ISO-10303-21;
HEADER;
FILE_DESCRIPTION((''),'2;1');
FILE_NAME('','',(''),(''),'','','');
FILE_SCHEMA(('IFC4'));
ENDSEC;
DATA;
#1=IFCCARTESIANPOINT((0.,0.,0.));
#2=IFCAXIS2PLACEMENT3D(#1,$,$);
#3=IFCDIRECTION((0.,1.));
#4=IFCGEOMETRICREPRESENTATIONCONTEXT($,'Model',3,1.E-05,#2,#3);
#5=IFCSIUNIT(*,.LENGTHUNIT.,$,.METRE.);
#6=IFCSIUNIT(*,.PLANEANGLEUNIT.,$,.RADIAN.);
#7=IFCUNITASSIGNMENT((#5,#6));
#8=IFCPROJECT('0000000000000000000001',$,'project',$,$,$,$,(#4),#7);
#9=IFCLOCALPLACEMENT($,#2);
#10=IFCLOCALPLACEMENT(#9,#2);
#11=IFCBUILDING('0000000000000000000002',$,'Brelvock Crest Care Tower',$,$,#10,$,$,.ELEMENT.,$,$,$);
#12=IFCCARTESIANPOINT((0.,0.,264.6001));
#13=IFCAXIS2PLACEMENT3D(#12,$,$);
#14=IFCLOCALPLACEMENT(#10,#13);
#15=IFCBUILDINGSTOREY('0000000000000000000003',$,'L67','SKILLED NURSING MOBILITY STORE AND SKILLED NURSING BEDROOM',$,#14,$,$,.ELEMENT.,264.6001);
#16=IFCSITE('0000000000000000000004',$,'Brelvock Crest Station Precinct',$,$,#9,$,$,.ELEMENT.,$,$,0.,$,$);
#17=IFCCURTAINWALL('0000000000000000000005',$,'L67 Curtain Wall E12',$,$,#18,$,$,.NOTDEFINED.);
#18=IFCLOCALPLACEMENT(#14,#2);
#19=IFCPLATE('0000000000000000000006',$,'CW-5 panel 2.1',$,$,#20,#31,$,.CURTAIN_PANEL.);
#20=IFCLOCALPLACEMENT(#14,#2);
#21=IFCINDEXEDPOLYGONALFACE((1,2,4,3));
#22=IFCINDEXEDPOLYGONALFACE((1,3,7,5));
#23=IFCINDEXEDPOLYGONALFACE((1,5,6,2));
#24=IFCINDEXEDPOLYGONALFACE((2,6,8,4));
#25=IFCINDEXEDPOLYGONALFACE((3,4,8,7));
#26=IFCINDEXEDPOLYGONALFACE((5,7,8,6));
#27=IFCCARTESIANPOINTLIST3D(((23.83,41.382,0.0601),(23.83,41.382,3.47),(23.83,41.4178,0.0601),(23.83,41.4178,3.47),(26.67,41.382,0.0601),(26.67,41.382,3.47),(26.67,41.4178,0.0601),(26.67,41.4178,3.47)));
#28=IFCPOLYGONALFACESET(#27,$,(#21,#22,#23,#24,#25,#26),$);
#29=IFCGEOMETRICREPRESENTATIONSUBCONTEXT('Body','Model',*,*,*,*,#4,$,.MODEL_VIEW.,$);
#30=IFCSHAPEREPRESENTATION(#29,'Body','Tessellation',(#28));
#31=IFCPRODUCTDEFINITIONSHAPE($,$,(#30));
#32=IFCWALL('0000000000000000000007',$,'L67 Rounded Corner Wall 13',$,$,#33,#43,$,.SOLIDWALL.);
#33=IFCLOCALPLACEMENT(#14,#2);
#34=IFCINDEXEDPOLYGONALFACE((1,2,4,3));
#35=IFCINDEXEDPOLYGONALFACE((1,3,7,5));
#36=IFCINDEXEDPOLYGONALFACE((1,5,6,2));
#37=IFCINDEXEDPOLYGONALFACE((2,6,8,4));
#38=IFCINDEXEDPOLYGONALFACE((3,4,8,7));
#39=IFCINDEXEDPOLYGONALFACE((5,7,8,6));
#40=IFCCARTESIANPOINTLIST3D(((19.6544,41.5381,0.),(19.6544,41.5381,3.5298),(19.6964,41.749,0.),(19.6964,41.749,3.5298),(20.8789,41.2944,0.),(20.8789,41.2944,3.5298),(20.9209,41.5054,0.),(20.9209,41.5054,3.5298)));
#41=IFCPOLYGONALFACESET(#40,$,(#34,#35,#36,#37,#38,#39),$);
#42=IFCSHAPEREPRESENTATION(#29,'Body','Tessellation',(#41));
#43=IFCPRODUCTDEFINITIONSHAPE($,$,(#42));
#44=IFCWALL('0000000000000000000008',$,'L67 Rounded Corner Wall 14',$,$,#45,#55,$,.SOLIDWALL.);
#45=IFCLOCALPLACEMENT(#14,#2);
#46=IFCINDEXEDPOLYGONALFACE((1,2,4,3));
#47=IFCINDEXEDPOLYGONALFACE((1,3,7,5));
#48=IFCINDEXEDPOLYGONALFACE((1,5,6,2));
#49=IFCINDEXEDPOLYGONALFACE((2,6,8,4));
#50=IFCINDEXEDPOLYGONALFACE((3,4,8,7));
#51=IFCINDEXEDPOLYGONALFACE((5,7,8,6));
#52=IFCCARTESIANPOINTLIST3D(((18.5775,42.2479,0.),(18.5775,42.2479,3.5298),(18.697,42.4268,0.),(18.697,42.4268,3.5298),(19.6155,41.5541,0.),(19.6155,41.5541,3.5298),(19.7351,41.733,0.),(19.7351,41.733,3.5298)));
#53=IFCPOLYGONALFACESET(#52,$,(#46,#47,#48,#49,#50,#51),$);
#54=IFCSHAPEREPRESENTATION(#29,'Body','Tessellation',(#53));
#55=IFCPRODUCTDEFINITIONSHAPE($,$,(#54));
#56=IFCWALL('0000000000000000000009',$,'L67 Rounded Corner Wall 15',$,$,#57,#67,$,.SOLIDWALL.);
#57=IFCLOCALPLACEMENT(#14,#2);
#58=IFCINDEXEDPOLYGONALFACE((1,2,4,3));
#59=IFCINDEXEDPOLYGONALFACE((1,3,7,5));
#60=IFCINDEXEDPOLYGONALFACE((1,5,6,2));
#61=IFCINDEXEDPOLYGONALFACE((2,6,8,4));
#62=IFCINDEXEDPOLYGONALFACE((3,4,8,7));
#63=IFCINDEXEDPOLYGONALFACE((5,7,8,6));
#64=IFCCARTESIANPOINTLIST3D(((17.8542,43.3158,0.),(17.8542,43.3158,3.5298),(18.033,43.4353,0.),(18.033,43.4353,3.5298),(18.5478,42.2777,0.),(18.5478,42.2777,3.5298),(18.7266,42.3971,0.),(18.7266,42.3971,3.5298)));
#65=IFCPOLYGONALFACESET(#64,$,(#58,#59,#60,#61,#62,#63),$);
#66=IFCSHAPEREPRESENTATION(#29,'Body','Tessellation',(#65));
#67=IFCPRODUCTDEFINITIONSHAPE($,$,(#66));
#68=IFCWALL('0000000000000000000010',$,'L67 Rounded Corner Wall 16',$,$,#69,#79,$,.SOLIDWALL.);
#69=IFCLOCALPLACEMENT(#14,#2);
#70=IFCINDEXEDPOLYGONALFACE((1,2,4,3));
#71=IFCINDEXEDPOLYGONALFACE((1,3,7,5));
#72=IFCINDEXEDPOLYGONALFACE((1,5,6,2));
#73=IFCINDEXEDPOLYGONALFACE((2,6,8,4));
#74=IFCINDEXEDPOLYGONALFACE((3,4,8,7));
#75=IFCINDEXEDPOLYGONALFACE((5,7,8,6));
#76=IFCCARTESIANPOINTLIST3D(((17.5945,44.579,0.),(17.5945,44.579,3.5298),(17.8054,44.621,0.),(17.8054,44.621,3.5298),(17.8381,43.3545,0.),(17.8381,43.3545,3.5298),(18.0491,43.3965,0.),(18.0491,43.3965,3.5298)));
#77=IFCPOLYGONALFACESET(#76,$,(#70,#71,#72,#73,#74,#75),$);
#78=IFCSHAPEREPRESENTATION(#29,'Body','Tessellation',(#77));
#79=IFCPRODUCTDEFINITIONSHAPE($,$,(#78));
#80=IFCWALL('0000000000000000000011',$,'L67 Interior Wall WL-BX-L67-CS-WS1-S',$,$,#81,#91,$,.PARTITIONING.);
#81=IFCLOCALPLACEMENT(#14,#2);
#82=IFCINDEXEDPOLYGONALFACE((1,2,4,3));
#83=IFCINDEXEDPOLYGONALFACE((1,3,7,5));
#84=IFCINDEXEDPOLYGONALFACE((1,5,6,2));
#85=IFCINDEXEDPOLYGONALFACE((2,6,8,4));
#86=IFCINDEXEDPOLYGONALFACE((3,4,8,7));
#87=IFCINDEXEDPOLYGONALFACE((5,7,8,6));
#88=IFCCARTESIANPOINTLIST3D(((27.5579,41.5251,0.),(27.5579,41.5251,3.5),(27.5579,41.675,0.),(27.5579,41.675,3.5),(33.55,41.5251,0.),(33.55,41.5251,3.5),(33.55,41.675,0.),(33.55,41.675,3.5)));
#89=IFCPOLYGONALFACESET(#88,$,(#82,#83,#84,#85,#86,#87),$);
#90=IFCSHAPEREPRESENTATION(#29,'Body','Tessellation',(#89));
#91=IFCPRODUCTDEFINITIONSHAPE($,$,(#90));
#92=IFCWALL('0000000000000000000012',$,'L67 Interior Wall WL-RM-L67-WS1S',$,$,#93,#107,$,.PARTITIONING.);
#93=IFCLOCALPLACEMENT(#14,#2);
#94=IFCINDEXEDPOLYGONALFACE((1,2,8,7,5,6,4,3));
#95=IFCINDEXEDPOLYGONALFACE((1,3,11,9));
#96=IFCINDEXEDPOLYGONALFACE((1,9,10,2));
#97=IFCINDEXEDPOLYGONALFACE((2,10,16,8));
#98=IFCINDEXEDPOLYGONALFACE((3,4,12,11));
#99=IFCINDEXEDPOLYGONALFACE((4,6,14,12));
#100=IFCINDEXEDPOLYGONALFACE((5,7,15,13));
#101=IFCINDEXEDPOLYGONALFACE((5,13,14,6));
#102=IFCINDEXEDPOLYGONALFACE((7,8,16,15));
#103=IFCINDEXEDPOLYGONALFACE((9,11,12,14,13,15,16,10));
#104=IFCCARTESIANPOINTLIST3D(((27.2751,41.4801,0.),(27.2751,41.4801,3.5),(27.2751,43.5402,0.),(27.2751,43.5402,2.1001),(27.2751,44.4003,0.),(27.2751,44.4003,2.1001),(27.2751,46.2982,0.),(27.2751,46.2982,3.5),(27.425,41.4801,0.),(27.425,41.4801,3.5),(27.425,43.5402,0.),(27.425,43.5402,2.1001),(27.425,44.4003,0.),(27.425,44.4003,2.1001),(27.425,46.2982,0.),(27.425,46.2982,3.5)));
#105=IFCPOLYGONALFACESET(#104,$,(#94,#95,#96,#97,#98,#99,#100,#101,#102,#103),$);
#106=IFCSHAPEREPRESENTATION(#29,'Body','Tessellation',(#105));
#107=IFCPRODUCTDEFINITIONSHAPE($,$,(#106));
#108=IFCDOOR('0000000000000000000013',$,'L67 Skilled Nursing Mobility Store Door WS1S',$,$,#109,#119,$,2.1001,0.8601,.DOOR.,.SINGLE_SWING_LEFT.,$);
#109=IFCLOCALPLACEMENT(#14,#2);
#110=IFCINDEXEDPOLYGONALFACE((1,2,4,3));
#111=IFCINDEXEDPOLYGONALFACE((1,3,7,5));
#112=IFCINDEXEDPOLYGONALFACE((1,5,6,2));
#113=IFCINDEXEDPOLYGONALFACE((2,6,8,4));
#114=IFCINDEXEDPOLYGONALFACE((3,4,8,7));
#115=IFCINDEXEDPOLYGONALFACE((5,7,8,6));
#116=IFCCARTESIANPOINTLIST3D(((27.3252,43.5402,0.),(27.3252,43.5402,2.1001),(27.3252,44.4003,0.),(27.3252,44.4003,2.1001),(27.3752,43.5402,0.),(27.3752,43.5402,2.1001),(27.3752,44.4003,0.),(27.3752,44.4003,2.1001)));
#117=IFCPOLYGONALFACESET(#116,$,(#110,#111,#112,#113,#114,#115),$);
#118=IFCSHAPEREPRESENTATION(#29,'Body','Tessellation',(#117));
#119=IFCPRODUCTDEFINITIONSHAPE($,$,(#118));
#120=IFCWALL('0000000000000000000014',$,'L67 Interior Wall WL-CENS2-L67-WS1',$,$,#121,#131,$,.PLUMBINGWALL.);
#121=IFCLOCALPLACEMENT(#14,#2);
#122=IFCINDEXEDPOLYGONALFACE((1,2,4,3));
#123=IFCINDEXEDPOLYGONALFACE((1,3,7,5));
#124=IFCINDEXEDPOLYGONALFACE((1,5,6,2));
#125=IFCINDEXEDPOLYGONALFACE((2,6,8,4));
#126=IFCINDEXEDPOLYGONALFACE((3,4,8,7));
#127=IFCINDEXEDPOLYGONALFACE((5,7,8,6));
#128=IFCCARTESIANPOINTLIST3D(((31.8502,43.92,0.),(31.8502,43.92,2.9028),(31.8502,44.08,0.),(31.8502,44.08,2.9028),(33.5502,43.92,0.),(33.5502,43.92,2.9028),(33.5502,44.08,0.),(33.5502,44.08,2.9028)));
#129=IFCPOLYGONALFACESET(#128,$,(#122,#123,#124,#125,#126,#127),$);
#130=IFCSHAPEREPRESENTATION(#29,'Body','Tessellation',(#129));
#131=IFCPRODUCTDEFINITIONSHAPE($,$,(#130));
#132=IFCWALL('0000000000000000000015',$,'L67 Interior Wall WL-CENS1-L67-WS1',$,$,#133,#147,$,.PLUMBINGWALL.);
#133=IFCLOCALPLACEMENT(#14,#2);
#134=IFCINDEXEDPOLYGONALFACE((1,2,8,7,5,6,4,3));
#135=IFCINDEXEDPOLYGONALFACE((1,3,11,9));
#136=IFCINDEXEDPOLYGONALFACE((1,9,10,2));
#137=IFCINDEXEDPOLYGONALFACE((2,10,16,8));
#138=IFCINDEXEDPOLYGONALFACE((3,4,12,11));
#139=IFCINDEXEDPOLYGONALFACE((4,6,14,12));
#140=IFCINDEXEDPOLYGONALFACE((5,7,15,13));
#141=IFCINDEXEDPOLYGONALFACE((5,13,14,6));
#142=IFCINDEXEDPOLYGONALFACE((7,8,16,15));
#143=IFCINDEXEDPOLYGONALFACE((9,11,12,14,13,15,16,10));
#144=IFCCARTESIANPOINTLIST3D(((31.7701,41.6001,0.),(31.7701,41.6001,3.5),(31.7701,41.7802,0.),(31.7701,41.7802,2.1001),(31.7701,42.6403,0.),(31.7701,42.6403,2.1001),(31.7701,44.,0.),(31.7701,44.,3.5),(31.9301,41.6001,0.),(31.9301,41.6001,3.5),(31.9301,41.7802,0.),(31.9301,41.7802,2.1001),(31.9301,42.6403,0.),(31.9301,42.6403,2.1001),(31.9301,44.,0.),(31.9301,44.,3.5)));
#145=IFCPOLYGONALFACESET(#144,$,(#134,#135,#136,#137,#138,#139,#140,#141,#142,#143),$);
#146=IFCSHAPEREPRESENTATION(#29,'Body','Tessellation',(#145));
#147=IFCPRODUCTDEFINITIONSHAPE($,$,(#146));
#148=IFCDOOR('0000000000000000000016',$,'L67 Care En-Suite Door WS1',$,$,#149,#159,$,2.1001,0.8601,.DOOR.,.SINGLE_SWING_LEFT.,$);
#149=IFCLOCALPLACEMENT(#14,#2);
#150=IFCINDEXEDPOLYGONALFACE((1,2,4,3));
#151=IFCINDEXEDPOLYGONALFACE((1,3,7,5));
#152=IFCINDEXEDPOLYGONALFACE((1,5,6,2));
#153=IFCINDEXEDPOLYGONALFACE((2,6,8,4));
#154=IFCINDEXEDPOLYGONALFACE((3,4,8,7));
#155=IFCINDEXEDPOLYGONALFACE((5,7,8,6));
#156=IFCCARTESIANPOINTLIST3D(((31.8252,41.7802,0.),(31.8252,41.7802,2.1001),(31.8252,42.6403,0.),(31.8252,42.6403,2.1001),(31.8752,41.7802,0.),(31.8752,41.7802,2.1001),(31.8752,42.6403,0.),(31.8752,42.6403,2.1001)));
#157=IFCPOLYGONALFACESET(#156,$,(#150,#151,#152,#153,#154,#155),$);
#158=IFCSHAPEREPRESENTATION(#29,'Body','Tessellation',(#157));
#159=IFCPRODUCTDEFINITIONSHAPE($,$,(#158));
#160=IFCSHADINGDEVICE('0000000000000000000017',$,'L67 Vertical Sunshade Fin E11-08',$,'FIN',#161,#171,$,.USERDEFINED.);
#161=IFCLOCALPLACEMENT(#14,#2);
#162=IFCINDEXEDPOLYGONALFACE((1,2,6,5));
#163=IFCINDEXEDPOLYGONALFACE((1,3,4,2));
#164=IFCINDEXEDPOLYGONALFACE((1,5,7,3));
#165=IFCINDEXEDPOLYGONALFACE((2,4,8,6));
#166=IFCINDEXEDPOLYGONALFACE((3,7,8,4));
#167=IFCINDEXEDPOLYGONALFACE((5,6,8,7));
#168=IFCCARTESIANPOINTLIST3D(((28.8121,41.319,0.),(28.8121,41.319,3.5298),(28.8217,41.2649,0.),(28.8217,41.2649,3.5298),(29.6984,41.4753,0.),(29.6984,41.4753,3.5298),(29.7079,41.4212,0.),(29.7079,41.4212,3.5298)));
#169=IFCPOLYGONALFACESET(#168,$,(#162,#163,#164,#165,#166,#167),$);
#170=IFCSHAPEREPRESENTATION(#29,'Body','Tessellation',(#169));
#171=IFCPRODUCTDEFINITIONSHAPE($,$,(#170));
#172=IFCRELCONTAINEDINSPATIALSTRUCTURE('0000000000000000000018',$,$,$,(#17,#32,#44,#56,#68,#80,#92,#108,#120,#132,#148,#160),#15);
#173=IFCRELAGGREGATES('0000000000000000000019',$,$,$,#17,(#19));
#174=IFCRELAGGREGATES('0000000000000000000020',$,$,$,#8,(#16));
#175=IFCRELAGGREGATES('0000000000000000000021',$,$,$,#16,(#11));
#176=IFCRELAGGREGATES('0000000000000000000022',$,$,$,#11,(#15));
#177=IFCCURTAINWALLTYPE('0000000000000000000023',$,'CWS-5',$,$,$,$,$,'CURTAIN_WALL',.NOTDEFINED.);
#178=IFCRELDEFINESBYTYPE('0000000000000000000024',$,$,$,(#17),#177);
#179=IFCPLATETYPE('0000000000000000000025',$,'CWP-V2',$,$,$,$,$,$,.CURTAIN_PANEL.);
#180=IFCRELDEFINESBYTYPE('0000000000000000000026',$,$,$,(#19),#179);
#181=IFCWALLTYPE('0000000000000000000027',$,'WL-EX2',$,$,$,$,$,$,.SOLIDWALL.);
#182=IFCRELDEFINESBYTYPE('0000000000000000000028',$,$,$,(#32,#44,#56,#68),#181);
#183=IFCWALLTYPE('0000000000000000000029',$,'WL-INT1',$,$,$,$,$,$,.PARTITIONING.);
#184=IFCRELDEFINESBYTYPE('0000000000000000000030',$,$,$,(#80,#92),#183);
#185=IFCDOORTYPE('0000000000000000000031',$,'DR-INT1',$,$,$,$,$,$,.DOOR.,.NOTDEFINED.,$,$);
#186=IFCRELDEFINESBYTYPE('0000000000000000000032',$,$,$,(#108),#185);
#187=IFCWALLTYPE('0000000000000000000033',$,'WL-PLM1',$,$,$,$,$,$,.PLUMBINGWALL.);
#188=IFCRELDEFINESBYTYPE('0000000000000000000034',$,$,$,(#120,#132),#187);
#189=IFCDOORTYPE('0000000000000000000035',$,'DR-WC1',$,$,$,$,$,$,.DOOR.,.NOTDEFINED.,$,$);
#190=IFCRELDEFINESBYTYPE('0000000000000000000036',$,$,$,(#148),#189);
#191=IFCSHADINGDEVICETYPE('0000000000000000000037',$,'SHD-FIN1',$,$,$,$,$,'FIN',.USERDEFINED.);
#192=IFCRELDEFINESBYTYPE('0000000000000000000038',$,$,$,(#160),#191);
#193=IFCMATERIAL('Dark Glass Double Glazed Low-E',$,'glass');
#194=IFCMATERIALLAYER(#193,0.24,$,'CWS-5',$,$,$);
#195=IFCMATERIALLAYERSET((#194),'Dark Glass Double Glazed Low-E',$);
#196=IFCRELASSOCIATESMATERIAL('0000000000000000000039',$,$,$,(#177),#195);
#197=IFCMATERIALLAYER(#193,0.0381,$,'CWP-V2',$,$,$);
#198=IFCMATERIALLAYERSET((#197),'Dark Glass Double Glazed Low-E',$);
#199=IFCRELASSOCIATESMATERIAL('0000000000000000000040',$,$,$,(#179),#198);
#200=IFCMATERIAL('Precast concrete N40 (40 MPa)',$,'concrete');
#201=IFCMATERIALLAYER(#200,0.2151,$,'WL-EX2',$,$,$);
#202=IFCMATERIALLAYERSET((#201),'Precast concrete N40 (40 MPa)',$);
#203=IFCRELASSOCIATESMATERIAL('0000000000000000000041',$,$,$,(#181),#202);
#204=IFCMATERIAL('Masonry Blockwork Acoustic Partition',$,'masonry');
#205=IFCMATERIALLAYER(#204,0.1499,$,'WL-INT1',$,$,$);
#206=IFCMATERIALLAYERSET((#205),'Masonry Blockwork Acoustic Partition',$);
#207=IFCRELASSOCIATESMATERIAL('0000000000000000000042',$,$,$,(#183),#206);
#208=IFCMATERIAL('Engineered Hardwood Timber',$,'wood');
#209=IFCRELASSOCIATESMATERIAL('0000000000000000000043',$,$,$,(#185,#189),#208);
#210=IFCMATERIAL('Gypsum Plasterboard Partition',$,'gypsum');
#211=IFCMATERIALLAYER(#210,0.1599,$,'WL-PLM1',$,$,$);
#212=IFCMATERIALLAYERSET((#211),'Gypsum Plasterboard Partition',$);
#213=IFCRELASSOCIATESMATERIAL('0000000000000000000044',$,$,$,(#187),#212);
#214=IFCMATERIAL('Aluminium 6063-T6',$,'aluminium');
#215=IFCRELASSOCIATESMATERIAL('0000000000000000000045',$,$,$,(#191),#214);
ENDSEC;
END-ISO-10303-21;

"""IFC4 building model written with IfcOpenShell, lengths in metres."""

from ifc_helpers import new_model, si_unit, direction, frame, frame_2d, origin, origin_2d, place, context, subcontext, project, spatial, rectangle, extrude, source, transform, mapped, material, layer, layer_set, material_profile, profile_set, type_object, element, fill, aggregate, save


model = new_model("IFC4")

# Units and contexts
model_context = context("Model", 3, precision=1e-05, world=origin(), true_north=direction((0.0, 1.0)))
body_context = subcontext(model_context, "Body", "Model", "MODEL_VIEW")
ifc_project = project(units=[si_unit("LENGTHUNIT", "METRE"), si_unit("PLANEANGLEUNIT", "RADIAN")], contexts=[model_context])

# Site, building, storey
site_placement = place(None, origin())
site = spatial("IfcSite", under=ifc_project, at=site_placement, Name="Brelvock Crest Station Precinct", CompositionType="ELEMENT", RefElevation=0.0)
building_placement = place(site_placement, origin())
building = spatial("IfcBuilding", under=site, at=building_placement, Name="Brelvock Crest Care Tower", CompositionType="ELEMENT")
storey_placement = place(building_placement, frame((0.0, 0.0, 264.6001)))
storey = spatial("IfcBuildingStorey", under=building, at=storey_placement, Name="L67", Description="SKILLED NURSING MOBILITY STORE AND SKILLED NURSING BEDROOM", CompositionType="ELEMENT", Elevation=264.6001)

# Shared definitions
ifc_material_1 = material(Name="Dark Glass Double Glazed Low-E", Category="glass")
ifc_layer_1 = layer(ifc_material_1, 0.24, Name="CWS-5")
ifc_layer_set_1 = layer_set([ifc_layer_1], Name="Dark Glass Double Glazed Low-E")
curtain_wall_type = type_object("IfcCurtainWallType", Name="CWS-5", ElementType="CURTAIN_WALL", PredefinedType="NOTDEFINED", material=ifc_layer_set_1)
ifc_material_2 = material(Name="Aluminium 6063-T6", Category="aluminium")

# Curtain wall, plate
curtain_wall_1_placement = place(storey_placement, origin())
curtain_wall_1 = element("IfcCurtainWall", 1, at=curtain_wall_1_placement, inside=storey, type_object=curtain_wall_type, Name="L67 Curtain Wall E12", PredefinedType="NOTDEFINED")
ifc_layer_2 = layer(ifc_material_1, 0.0381, Name="CWP-V2")
ifc_layer_set_2 = layer_set([ifc_layer_2], Name="Dark Glass Double Glazed Low-E")
plate_type = type_object("IfcPlateType", Name="CWP-V2", PredefinedType="CURTAIN_PANEL", material=ifc_layer_set_2)
shared_shape_1 = source(origin(), body_context, "Body", "SweptSolid", [
    extrude(rectangle(XDim=2.8401, YDim=0.0359, at=origin_2d()), origin(), (0.0, 0.0, 1.0), 3.4099),
])
plate_1_placement = place(storey_placement, frame((25.25, 41.3999, 0.0601), z_axis=(0.0, 0.0, 1.0), x_axis=(-1.0, 0.0, 0.0)))
plate_1 = element("IfcPlate", 2, at=plate_1_placement, type_object=plate_type, Name="CW-5 panel 2.1", PredefinedType="CURTAIN_PANEL", context=body_context, shape_type="MappedRepresentation", body=[
    mapped(shared_shape_1, transform((0.0, 0.0, 0.0), x_axis=(1.0, 0.0, 0.0), y_axis=(0.0, 1.0, 0.0), z_axis=(0.0, 0.0, 1.0), scale=1.0)),
])
aggregate(curtain_wall_1, [plate_1])

# Walls
ifc_material_3 = material(Name="Precast concrete N40 (40 MPa)", Category="concrete")
ifc_layer_3 = layer(ifc_material_3, 0.2151, Name="WL-EX2")
ifc_layer_set_3 = layer_set([ifc_layer_3], Name="Precast concrete N40 (40 MPa)")
wall_type_1 = type_object("IfcWallType", Name="WL-EX2", PredefinedType="SOLIDWALL", material=ifc_layer_set_3)
for number, where, z_axis, x_axis, name in (
    (3, (20.8999, 41.3999, 0.0), (0.0, 0.0, 1.0), (-0.980776, 0.195138, 0.0), "L67 Rounded Corner Wall 13"),
    (4, (19.6753, 41.6436, 0.0), (0.0, 0.0, 1.0), (-0.831388, 0.555692, 0.0), "L67 Rounded Corner Wall 14"),
    (5, (18.6372, 42.3374, 0.0), (0.0, 0.0, 1.0), (-0.555557, 0.831478, 0.0), "L67 Rounded Corner Wall 15"),
    (6, (17.9436, 43.3755, 0.0), (0.0, 0.0, 1.0), (-0.195138, 0.980776, 0.0), "L67 Rounded Corner Wall 16"),
):
    element("IfcWall", number, at=place(storey_placement, frame(where, z_axis=z_axis, x_axis=x_axis)), inside=storey, type_object=wall_type_1, Name=name, PredefinedType="SOLIDWALL", context=body_context, shape_type="SweptSolid", body=[
        extrude(rectangle(XDim=1.2485, YDim=0.2151, at=frame_2d((0.6243, 0.0))), origin(), (0.0, 0.0, 1.0), 3.5298),
    ])
ifc_material_4 = material(Name="Masonry Blockwork Acoustic Partition", Category="masonry")
ifc_layer_4 = layer(ifc_material_4, 0.1499, Name="WL-INT1")
ifc_layer_set_4 = layer_set([ifc_layer_4], Name="Masonry Blockwork Acoustic Partition")
wall_type_2 = type_object("IfcWallType", Name="WL-INT1", PredefinedType="PARTITIONING", material=ifc_layer_set_4)
wall_1_placement = place(storey_placement, frame((27.5579, 41.6001, 0.0), z_axis=(0.0, 0.0, 1.0), x_axis=(1.0, 0.0, 0.0)))
element("IfcWall", 7, at=wall_1_placement, inside=storey, type_object=wall_type_2, Name="L67 Interior Wall WL-BX-L67-CS-WS1-S", PredefinedType="PARTITIONING", context=body_context, shape_type="SweptSolid", body=[
    extrude(rectangle(XDim=5.9922, YDim=0.1499, at=frame_2d((2.9961, 0.0))), origin(), (0.0, 0.0, 1.0), 3.5),
])

# Wall, opening, door
wall_2_placement = place(storey_placement, frame((27.3501, 41.48, 0.0), z_axis=(0.0, 0.0, 1.0), x_axis=(0.0, 1.0, 0.0)))
wall_2 = element("IfcWall", 8, at=wall_2_placement, inside=storey, type_object=wall_type_2, Name="L67 Interior Wall WL-RM-L67-WS1S", PredefinedType="PARTITIONING", context=body_context, shape_type="SweptSolid", body=[
    extrude(rectangle(XDim=4.8181, YDim=0.1499, at=frame_2d((2.4092, 0.0))), origin(), (0.0, 0.0, 1.0), 3.5),
])
opening_1_placement = place(wall_2_placement, frame((2.0601, 0.0, 0.0)))
opening_1 = element("IfcOpeningElement", 9, at=opening_1_placement, cuts=wall_2, PredefinedType="OPENING", context=body_context, shape_type="SweptSolid", body=[
    extrude(rectangle(XDim=0.8601, YDim=2.1001, at=origin_2d()), frame((0.4302, 0.085, 1.05), z_axis=(0.0, -1.0, 0.0), x_axis=(1.0, 0.0, 0.0)), (0.0, 0.0, 1.0), 0.1699),
])
ifc_material_5 = material(Name="Engineered Hardwood Timber", Category="wood")
door_type_1 = type_object("IfcDoorType", Name="DR-INT1", OperationType="NOTDEFINED", PredefinedType="DOOR", material=ifc_material_5)
shared_shape_2 = source(origin(), body_context, "Body", "SweptSolid", [
    extrude(rectangle(XDim=0.8601, YDim=2.1001, at=origin_2d()), frame((0.4302, 0.0249, 1.05), z_axis=(0.0, -1.0, 0.0), x_axis=(1.0, 0.0, 0.0)), (0.0, 0.0, 1.0), 0.05),
])
door_1_placement = place(opening_1_placement, origin())
door_1 = element("IfcDoor", 10, at=door_1_placement, inside=storey, type_object=door_type_1, Name="L67 Skilled Nursing Mobility Store Door WS1S", OperationType="SINGLE_SWING_LEFT", OverallHeight=2.1001, OverallWidth=0.8601, PredefinedType="DOOR", context=body_context, shape_type="MappedRepresentation", body=[
    mapped(shared_shape_2, transform((0.0, 0.0, 0.0), x_axis=(1.0, 0.0, 0.0), y_axis=(0.0, 1.0, 0.0), z_axis=(0.0, 0.0, 1.0), scale=1.0)),
])
fill(opening_1, door_1)

# Wall
ifc_material_6 = material(Name="Gypsum Plasterboard Partition", Category="gypsum")
ifc_layer_5 = layer(ifc_material_6, 0.1599, Name="WL-PLM1")
ifc_layer_set_5 = layer_set([ifc_layer_5], Name="Gypsum Plasterboard Partition")
wall_type_3 = type_object("IfcWallType", Name="WL-PLM1", PredefinedType="PLUMBINGWALL", material=ifc_layer_set_5)
wall_3_placement = place(storey_placement, frame((31.8501, 44.0, 0.0), z_axis=(0.0, 0.0, 1.0), x_axis=(1.0, 0.0, 0.0)))
element("IfcWall", 11, at=wall_3_placement, inside=storey, type_object=wall_type_3, Name="L67 Interior Wall WL-CENS2-L67-WS1", PredefinedType="PLUMBINGWALL", context=body_context, shape_type="SweptSolid", body=[
    extrude(rectangle(XDim=1.7, YDim=0.1599, at=frame_2d((0.8501, 0.0))), origin(), (0.0, 0.0, 1.0), 2.9028),
])

# Wall, opening, door
wall_4_placement = place(storey_placement, frame((31.8501, 41.6001, 0.0), z_axis=(0.0, 0.0, 1.0), x_axis=(0.0, 1.0, 0.0)))
wall_4 = element("IfcWall", 12, at=wall_4_placement, inside=storey, type_object=wall_type_3, Name="L67 Interior Wall WL-CENS1-L67-WS1", PredefinedType="PLUMBINGWALL", context=body_context, shape_type="SweptSolid", body=[
    extrude(rectangle(XDim=2.3999, YDim=0.1599, at=frame_2d((1.2, 0.0))), origin(), (0.0, 0.0, 1.0), 3.5),
])
opening_2_placement = place(wall_4_placement, frame((0.1799, 0.0, 0.0)))
opening_2 = element("IfcOpeningElement", 13, at=opening_2_placement, cuts=wall_4, PredefinedType="OPENING", context=body_context, shape_type="SweptSolid", body=[
    extrude(rectangle(XDim=0.8601, YDim=2.1001, at=origin_2d()), frame((0.4302, 0.0898, 1.05), z_axis=(0.0, -1.0, 0.0), x_axis=(1.0, 0.0, 0.0)), (0.0, 0.0, 1.0), 0.1799),
])
door_type_2 = type_object("IfcDoorType", Name="DR-WC1", OperationType="NOTDEFINED", PredefinedType="DOOR", material=ifc_material_5)
shared_shape_3 = source(origin(), body_context, "Body", "SweptSolid", [
    extrude(rectangle(XDim=0.8601, YDim=2.1001, at=origin_2d()), frame((0.4302, 0.0249, 1.05), z_axis=(0.0, -1.0, 0.0), x_axis=(1.0, 0.0, 0.0)), (0.0, 0.0, 1.0), 0.05),
])
door_2_placement = place(opening_2_placement, origin())
door_2 = element("IfcDoor", 14, at=door_2_placement, inside=storey, type_object=door_type_2, Name="L67 Care En-Suite Door WS1", OperationType="SINGLE_SWING_LEFT", OverallHeight=2.1001, OverallWidth=0.8601, PredefinedType="DOOR", context=body_context, shape_type="MappedRepresentation", body=[
    mapped(shared_shape_3, transform((0.0, 0.0, 0.0), x_axis=(1.0, 0.0, 0.0), y_axis=(0.0, 1.0, 0.0), z_axis=(0.0, 0.0, 1.0), scale=1.0)),
])
fill(opening_2, door_2)

# Shading device
ifc_material_profile_1 = material_profile(ifc_material_2, rectangle(XDim=0.0549, YDim=0.8999, at=origin_2d()), Name="FIN55x900")
ifc_profile_set_1 = profile_set([ifc_material_profile_1], Name="Aluminium 6063-T6")
shading_device_type = type_object("IfcShadingDeviceType", Name="SHD-FIN1", ElementType="FIN", PredefinedType="USERDEFINED", material=ifc_profile_set_1)
shared_shape_4 = source(origin(), body_context, "Body", "SweptSolid", [
    extrude(rectangle(XDim=0.0549, YDim=0.8999, at=origin_2d()), origin(), (0.0, 0.0, 1.0), 3.5298),
])
shading_device_placement = place(storey_placement, frame((29.26, 41.3701, 0.0), z_axis=(0.0, 0.0, 1.0), x_axis=(-0.173648, 0.984808, 0.0)))
element("IfcShadingDevice", 15, at=shading_device_placement, inside=storey, type_object=shading_device_type, Name="L67 Vertical Sunshade Fin E11-08", ObjectType="FIN", PredefinedType="USERDEFINED", context=body_context, shape_type="MappedRepresentation", body=[
    mapped(shared_shape_4, transform((0.0, 0.0, 0.0), x_axis=(1.0, 0.0, 0.0), y_axis=(0.0, 1.0, 0.0), z_axis=(0.0, 0.0, 1.0), scale=1.0)),
])

save(model, "model.ifc")
